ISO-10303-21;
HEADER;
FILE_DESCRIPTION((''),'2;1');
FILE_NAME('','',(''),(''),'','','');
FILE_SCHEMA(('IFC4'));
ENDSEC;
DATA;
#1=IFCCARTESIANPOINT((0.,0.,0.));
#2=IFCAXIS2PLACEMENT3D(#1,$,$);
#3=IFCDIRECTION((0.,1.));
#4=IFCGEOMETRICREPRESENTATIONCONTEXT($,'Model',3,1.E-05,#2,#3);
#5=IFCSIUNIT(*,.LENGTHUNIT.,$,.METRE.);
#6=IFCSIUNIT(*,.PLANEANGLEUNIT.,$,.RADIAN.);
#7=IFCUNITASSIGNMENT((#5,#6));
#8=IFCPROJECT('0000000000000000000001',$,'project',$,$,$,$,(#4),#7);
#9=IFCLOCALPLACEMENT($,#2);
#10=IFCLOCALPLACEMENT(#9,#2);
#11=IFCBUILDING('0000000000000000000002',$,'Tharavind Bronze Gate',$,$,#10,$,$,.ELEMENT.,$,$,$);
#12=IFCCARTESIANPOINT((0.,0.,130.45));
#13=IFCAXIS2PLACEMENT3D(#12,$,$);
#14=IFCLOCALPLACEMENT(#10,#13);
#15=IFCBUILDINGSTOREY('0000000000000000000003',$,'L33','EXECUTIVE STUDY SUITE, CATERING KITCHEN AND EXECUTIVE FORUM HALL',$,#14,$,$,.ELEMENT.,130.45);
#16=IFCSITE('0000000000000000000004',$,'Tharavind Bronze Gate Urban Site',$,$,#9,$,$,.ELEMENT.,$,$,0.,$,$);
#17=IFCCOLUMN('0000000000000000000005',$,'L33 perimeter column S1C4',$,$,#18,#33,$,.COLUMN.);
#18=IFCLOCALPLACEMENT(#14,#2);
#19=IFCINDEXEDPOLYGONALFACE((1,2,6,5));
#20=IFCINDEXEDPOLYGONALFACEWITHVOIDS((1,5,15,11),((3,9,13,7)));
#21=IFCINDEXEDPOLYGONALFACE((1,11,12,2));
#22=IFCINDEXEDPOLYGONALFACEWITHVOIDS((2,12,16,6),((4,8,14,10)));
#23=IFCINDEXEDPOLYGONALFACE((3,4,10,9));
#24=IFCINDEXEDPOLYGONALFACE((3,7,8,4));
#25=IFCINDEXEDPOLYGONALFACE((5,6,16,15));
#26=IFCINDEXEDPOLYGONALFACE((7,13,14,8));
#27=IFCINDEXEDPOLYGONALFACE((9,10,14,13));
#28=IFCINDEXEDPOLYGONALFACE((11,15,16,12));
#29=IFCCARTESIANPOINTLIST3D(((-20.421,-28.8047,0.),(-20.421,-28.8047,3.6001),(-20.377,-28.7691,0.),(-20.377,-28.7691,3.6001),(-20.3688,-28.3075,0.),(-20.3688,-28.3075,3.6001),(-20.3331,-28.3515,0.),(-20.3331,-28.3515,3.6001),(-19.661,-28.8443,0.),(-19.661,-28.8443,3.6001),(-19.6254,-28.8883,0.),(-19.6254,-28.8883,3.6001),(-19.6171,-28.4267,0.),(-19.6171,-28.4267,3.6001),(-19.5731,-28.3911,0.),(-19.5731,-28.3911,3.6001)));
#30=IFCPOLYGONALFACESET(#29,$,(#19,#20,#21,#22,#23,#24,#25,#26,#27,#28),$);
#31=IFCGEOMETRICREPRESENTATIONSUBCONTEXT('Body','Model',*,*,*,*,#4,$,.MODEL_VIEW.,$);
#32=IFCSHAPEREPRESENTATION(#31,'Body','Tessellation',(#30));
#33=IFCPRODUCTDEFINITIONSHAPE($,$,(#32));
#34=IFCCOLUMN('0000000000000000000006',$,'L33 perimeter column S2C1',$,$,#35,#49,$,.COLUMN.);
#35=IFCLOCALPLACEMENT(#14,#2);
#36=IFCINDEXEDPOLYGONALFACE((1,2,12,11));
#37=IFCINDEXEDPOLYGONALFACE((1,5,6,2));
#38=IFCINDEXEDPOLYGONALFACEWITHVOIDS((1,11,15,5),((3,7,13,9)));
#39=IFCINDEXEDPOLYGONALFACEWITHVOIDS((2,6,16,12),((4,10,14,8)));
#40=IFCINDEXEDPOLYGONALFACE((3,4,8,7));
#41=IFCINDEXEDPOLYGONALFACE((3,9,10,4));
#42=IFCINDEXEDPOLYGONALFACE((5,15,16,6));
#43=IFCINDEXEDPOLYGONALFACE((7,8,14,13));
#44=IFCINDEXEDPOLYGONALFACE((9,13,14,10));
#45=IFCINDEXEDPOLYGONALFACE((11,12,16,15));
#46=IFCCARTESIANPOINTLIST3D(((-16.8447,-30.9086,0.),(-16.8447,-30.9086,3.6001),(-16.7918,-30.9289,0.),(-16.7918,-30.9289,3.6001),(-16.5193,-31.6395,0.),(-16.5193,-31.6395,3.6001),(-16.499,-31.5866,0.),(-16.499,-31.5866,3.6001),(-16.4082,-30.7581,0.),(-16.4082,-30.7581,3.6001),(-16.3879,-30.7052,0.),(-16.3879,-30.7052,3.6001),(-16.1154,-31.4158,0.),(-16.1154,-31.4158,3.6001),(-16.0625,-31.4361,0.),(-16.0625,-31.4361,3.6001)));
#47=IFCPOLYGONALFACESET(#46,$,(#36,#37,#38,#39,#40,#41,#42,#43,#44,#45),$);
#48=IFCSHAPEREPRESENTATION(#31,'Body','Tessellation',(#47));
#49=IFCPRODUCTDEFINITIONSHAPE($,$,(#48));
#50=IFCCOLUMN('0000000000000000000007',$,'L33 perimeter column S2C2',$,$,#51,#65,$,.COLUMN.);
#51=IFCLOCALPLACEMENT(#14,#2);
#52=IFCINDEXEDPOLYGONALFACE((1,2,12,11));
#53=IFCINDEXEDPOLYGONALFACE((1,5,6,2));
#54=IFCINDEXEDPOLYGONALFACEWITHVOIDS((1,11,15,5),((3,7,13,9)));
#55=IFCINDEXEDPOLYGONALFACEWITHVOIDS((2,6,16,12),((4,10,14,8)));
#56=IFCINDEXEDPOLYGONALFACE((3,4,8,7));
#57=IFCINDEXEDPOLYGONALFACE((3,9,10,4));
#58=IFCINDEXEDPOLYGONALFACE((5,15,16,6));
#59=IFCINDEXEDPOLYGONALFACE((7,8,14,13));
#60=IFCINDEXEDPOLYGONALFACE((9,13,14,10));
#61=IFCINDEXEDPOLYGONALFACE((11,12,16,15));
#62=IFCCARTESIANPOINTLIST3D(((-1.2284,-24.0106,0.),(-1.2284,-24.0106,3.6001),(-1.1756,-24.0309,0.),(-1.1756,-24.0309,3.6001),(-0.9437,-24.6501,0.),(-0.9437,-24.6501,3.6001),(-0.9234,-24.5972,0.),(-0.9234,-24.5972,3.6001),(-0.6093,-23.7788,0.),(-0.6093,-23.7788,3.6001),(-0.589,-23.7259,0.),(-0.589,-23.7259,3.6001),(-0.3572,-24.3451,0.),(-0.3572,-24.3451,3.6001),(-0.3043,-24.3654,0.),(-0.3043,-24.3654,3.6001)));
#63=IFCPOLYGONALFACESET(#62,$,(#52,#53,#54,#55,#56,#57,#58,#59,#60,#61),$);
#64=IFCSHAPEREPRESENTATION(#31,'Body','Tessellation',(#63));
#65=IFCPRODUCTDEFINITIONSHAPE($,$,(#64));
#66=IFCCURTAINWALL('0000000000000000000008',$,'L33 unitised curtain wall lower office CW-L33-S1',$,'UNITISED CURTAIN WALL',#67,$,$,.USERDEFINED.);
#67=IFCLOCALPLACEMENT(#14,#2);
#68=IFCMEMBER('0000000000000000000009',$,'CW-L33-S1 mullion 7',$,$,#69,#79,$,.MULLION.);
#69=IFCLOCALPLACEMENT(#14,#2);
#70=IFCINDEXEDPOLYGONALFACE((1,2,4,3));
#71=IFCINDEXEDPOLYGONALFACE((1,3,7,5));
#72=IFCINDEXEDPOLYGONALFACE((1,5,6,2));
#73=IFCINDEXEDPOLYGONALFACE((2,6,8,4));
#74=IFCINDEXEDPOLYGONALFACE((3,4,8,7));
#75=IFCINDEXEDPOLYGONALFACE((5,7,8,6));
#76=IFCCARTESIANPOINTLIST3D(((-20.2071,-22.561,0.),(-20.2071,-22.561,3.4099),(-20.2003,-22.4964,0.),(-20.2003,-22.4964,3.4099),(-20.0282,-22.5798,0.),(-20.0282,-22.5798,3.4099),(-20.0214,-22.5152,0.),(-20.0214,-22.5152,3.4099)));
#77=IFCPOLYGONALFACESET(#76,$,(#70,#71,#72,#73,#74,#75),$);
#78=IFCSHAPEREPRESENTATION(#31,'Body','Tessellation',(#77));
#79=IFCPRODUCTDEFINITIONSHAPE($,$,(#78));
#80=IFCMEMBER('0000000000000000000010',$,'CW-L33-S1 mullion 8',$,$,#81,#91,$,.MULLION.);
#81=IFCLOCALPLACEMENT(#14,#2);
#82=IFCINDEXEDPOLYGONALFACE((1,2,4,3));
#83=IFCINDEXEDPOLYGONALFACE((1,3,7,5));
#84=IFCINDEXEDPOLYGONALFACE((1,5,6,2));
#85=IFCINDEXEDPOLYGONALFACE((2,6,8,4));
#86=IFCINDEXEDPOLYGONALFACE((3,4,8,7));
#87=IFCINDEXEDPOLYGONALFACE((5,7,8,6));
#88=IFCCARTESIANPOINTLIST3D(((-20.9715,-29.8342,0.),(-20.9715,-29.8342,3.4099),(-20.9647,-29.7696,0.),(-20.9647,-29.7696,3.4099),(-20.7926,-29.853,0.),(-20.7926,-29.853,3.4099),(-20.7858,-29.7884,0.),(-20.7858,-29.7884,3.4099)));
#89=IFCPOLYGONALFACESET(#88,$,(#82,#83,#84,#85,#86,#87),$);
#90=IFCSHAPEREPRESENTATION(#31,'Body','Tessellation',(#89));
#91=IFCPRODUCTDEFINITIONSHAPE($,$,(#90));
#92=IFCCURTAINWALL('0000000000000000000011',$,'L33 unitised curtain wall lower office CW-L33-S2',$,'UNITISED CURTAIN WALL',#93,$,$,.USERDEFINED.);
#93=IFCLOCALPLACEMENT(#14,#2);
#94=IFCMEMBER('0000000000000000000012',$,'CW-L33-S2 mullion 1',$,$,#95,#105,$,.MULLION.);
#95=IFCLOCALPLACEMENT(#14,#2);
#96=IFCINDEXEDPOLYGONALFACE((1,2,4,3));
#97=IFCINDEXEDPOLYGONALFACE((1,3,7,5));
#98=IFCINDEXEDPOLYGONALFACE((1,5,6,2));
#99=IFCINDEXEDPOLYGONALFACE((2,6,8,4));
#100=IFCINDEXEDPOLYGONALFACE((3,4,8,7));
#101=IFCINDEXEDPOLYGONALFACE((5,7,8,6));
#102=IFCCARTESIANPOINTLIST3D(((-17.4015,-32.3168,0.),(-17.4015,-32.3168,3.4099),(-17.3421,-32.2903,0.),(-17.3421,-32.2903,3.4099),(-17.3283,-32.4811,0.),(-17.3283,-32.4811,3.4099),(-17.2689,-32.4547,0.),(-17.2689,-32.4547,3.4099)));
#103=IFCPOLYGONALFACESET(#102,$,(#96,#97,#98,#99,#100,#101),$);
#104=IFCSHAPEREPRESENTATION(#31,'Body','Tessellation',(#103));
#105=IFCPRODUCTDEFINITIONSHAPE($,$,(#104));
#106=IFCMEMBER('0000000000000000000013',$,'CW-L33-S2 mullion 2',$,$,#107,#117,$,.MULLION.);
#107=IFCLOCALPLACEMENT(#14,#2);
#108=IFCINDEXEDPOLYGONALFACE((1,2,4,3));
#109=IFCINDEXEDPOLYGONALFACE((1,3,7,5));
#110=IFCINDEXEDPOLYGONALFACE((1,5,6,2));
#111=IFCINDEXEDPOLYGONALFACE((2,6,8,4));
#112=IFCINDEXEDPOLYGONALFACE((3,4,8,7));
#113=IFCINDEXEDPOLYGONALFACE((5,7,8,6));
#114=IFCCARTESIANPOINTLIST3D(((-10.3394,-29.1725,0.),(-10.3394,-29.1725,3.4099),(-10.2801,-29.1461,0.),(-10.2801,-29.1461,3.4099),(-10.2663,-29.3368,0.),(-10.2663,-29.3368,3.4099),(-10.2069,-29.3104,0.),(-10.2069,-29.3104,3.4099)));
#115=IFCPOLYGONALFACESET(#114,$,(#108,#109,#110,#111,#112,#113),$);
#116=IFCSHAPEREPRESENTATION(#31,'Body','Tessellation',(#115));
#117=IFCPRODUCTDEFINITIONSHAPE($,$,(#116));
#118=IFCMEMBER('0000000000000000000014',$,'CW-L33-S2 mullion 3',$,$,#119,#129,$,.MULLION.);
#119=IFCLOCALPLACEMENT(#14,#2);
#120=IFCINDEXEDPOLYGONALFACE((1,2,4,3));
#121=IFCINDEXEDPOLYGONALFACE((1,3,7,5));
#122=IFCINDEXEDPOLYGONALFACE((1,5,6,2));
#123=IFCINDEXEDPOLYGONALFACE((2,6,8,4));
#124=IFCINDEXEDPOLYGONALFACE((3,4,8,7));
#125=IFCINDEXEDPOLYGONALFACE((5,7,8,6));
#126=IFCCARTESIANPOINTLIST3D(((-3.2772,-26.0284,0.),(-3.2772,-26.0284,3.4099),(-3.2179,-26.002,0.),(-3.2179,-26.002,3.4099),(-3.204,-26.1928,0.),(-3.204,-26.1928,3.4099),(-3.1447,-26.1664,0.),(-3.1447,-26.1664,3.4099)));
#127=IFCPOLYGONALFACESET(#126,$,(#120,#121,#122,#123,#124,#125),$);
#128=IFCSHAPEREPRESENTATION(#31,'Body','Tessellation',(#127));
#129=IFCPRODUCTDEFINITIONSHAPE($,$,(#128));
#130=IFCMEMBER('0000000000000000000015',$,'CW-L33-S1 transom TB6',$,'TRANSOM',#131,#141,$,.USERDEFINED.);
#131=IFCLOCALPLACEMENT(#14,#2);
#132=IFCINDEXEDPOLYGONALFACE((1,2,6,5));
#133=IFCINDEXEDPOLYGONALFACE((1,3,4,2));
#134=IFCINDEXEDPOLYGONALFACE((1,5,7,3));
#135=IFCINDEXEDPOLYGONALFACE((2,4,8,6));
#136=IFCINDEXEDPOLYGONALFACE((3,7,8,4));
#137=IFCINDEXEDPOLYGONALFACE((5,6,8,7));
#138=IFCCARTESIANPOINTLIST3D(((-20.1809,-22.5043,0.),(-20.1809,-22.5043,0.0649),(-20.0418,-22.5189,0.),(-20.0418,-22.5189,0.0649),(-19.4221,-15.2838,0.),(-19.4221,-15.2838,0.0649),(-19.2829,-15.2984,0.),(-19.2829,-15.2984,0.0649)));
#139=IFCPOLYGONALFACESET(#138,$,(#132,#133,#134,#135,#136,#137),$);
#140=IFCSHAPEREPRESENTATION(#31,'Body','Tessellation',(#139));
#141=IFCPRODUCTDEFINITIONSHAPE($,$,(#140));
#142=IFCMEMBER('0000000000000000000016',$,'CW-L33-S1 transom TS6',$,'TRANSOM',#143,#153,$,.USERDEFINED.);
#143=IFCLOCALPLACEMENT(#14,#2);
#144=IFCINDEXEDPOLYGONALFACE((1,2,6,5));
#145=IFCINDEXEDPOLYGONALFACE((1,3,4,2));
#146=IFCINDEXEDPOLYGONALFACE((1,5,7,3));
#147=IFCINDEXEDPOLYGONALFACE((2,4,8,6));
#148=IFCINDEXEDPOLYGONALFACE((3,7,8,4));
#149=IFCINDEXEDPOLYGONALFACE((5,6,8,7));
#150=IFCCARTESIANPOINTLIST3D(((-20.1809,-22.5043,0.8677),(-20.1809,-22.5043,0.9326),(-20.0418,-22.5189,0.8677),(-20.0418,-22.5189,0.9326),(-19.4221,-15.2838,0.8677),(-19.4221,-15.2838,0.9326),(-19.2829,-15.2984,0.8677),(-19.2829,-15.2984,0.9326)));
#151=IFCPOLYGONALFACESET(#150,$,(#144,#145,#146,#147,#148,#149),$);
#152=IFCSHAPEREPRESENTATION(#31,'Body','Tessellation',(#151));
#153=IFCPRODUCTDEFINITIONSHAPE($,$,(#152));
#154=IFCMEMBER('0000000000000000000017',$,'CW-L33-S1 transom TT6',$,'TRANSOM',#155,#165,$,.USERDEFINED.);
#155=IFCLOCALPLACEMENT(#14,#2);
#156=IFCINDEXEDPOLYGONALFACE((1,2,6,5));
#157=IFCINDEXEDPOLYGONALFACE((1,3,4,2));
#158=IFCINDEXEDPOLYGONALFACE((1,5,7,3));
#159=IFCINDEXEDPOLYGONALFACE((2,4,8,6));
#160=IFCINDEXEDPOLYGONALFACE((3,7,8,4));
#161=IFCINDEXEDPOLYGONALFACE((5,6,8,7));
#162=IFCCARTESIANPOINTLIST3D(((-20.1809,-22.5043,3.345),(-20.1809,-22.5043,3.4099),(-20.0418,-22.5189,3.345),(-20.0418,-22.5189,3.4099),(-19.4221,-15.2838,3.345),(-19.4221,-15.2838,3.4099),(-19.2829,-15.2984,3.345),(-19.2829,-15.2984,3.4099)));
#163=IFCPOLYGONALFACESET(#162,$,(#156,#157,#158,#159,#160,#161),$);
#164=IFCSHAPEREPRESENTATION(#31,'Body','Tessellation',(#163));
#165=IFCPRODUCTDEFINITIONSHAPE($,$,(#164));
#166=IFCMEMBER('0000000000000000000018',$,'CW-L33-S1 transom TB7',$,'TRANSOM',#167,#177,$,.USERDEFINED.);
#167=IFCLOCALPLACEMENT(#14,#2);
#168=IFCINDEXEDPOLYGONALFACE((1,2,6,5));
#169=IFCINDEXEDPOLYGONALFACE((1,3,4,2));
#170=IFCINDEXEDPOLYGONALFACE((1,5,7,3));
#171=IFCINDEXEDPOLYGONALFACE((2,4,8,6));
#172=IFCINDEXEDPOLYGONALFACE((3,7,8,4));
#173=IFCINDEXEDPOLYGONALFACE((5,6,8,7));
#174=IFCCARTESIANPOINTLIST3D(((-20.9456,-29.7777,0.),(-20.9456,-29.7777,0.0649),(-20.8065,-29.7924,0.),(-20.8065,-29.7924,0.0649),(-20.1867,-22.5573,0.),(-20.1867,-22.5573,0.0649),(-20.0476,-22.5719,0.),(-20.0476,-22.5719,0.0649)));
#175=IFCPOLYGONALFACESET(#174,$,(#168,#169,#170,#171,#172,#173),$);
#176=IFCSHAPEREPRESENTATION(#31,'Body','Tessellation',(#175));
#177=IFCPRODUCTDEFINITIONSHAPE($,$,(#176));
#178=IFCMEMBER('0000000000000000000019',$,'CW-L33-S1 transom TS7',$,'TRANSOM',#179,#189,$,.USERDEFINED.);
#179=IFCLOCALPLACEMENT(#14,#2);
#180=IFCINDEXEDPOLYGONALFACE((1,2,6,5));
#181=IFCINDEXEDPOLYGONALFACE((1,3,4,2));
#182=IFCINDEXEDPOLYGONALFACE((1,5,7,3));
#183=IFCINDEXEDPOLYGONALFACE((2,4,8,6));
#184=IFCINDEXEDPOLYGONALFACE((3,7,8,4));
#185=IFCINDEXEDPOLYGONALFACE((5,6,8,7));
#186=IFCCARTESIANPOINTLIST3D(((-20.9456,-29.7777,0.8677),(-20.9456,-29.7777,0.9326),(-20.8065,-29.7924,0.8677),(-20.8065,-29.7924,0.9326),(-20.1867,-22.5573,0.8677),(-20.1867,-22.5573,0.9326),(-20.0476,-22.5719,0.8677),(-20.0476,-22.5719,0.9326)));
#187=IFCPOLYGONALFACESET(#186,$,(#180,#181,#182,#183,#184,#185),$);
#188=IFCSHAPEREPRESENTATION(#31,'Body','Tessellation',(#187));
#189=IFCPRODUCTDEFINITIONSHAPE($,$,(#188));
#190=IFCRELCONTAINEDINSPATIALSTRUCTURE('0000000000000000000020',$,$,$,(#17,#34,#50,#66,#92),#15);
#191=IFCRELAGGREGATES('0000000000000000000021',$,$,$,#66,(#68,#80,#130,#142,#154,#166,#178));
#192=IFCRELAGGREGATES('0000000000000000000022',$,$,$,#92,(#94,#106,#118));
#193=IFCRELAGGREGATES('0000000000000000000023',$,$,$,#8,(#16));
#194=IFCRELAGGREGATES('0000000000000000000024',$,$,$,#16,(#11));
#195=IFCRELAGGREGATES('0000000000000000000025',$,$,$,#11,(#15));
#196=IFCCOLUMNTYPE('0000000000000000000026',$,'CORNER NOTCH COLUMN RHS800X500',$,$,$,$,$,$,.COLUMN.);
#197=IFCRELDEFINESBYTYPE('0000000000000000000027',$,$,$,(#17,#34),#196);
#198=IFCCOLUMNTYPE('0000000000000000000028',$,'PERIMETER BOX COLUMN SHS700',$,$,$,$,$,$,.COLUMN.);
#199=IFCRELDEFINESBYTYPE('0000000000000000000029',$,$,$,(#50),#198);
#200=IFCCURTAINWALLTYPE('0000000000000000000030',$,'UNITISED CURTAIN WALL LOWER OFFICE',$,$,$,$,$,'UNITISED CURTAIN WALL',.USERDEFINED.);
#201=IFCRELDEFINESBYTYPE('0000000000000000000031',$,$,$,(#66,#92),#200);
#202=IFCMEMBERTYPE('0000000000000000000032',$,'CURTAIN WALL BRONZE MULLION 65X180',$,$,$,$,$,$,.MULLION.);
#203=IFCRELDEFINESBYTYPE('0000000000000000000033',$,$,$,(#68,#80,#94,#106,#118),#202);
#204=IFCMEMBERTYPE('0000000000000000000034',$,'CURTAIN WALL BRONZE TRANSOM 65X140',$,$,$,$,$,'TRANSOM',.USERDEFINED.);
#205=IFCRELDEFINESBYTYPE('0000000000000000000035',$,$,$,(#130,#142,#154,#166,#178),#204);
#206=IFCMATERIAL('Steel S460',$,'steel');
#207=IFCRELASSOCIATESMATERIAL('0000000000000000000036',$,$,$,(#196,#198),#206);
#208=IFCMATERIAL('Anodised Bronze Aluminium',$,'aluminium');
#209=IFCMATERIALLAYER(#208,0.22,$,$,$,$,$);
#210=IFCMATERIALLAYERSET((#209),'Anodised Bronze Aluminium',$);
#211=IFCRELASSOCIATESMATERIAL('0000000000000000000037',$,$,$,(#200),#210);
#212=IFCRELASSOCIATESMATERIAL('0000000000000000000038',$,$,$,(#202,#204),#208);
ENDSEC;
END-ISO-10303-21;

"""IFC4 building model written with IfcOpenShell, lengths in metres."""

from ifc_helpers import new_model, si_unit, direction, frame, origin, origin_2d, place, context, subcontext, project, spatial, rectangle, hollow_rectangle, extrude, material, layer, layer_set, material_profile, profile_set, type_object, element, aggregate, save


model = new_model("IFC4")

# Units and contexts
model_context = context("Model", 3, precision=1e-05, world=origin(), true_north=direction((0.0, 1.0)))
body_context = subcontext(model_context, "Body", "Model", "MODEL_VIEW")
ifc_project = project(units=[si_unit("LENGTHUNIT", "METRE"), si_unit("PLANEANGLEUNIT", "RADIAN")], contexts=[model_context])

# Site, building, storey
site_placement = place(None, origin())
site = spatial("IfcSite", under=ifc_project, at=site_placement, Name="Tharavind Bronze Gate Urban Site", CompositionType="ELEMENT", RefElevation=0.0)
building_placement = place(site_placement, origin())
building = spatial("IfcBuilding", under=site, at=building_placement, Name="Tharavind Bronze Gate", CompositionType="ELEMENT")
storey_placement = place(building_placement, frame((0.0, 0.0, 130.45)))
storey = spatial("IfcBuildingStorey", under=building, at=storey_placement, Name="L33", Description="EXECUTIVE STUDY SUITE, CATERING KITCHEN AND EXECUTIVE FORUM HALL", CompositionType="ELEMENT", Elevation=130.45)

# Columns
ifc_material_1 = material(Name="Steel S460", Category="steel")
ifc_material_profile_1 = material_profile(ifc_material_1, hollow_rectangle(XDim=0.5, YDim=0.8, WallThickness=0.04, at=origin_2d()), Name="RHS800X500X40")
ifc_profile_set_1 = profile_set([ifc_material_profile_1], Name="Steel S460")
column_type_1 = type_object("IfcColumnType", Name="CORNER NOTCH COLUMN RHS800X500", PredefinedType="COLUMN", material=ifc_profile_set_1)
for number, where, z_axis, x_axis, name in (
    (1, (-19.9971, -28.5979, 0.0), (0.0, 0.0, 1.0), (0.10453, 0.994522, 0.0), "L33 perimeter column S1C4"),
    (2, (-16.4536, -31.1724, 0.0), (0.0, 0.0, 1.0), (0.913545, 0.406737, 0.0), "L33 perimeter column S2C1"),
):
    element("IfcColumn", number, at=place(storey_placement, frame(where, z_axis=z_axis, x_axis=x_axis)), inside=storey, type_object=column_type_1, Name=name, PredefinedType="COLUMN", context=body_context, shape_type="SweptSolid", body=[
        extrude(hollow_rectangle(XDim=0.5, YDim=0.8, WallThickness=0.04, at=origin_2d()), origin(), (0.0, 0.0, 1.0), 3.6001),
    ])
ifc_material_profile_2 = material_profile(ifc_material_1, hollow_rectangle(XDim=0.7, YDim=0.7, WallThickness=0.04, at=origin_2d()), Name="SHS700X40")
ifc_profile_set_2 = profile_set([ifc_material_profile_2], Name="Steel S460")
column_type_2 = type_object("IfcColumnType", Name="PERIMETER BOX COLUMN SHS700", PredefinedType="COLUMN", material=ifc_profile_set_2)
column_placement = place(storey_placement, frame((-0.7664, -24.188, 0.0), z_axis=(0.0, 0.0, 1.0), x_axis=(0.913545, 0.406737, 0.0)))
element("IfcColumn", 3, at=column_placement, inside=storey, type_object=column_type_2, Name="L33 perimeter column S2C2", PredefinedType="COLUMN", context=body_context, shape_type="SweptSolid", body=[
    extrude(hollow_rectangle(XDim=0.7, YDim=0.7, WallThickness=0.04, at=origin_2d()), origin(), (0.0, 0.0, 1.0), 3.6001),
])

# Curtain walls, members
ifc_material_2 = material(Name="Anodised Bronze Aluminium", Category="aluminium")
ifc_layer_1 = layer(ifc_material_2, 0.22)
ifc_layer_set_1 = layer_set([ifc_layer_1], Name="Anodised Bronze Aluminium")
curtain_wall_type = type_object("IfcCurtainWallType", Name="UNITISED CURTAIN WALL LOWER OFFICE", ElementType="UNITISED CURTAIN WALL", PredefinedType="USERDEFINED", material=ifc_layer_set_1)
curtain_wall_1_placement = place(storey_placement, origin())
curtain_wall_1 = element("IfcCurtainWall", 4, at=curtain_wall_1_placement, inside=storey, type_object=curtain_wall_type, Name="L33 unitised curtain wall lower office CW-L33-S1", ObjectType="UNITISED CURTAIN WALL", PredefinedType="USERDEFINED")
member_type_1 = type_object("IfcMemberType", Name="CURTAIN WALL BRONZE MULLION 65X180", PredefinedType="MULLION", material=ifc_material_2)
member_1_placement = place(storey_placement, frame((-20.1143, -22.5381, 0.0), z_axis=(0.0, 0.0, 1.0), x_axis=(-0.104527, -0.994522, 0.0)))
member_1 = element("IfcMember", 5, at=member_1_placement, type_object=member_type_1, Name="CW-L33-S1 mullion 7", PredefinedType="MULLION", context=body_context, shape_type="SweptSolid", body=[
    extrude(rectangle(XDim=0.0649, YDim=0.1799, at=origin_2d()), origin(), (0.0, 0.0, 1.0), 3.4099),
])
member_2_placement = place(storey_placement, frame((-20.8787, -29.8113, 0.0), z_axis=(0.0, 0.0, 1.0), x_axis=(-0.104527, -0.994522, 0.0)))
member_2 = element("IfcMember", 6, at=member_2_placement, type_object=member_type_1, Name="CW-L33-S1 mullion 8", PredefinedType="MULLION", context=body_context, shape_type="SweptSolid", body=[
    extrude(rectangle(XDim=0.0649, YDim=0.1799, at=origin_2d()), origin(), (0.0, 0.0, 1.0), 3.4099),
])
curtain_wall_2_placement = place(storey_placement, origin())
curtain_wall_2 = element("IfcCurtainWall", 7, at=curtain_wall_2_placement, inside=storey, type_object=curtain_wall_type, Name="L33 unitised curtain wall lower office CW-L33-S2", ObjectType="UNITISED CURTAIN WALL", PredefinedType="USERDEFINED")
member_3_placement = place(storey_placement, frame((-17.3352, -32.3857, 0.0), z_axis=(0.0, 0.0, 1.0), x_axis=(0.913545, 0.406737, 0.0)))
member_3 = element("IfcMember", 8, at=member_3_placement, type_object=member_type_1, Name="CW-L33-S2 mullion 1", PredefinedType="MULLION", context=body_context, shape_type="SweptSolid", body=[
    extrude(rectangle(XDim=0.0649, YDim=0.1799, at=origin_2d()), origin(), (0.0, 0.0, 1.0), 3.4099),
])
member_4_placement = place(storey_placement, frame((-10.2732, -29.2415, 0.0), z_axis=(0.0, 0.0, 1.0), x_axis=(0.913545, 0.406737, 0.0)))
member_4 = element("IfcMember", 9, at=member_4_placement, type_object=member_type_1, Name="CW-L33-S2 mullion 2", PredefinedType="MULLION", context=body_context, shape_type="SweptSolid", body=[
    extrude(rectangle(XDim=0.0649, YDim=0.1799, at=origin_2d()), origin(), (0.0, 0.0, 1.0), 3.4099),
])
member_5_placement = place(storey_placement, frame((-3.2109, -26.0974, 0.0), z_axis=(0.0, 0.0, 1.0), x_axis=(0.913545, 0.406737, 0.0)))
member_5 = element("IfcMember", 10, at=member_5_placement, type_object=member_type_1, Name="CW-L33-S2 mullion 3", PredefinedType="MULLION", context=body_context, shape_type="SweptSolid", body=[
    extrude(rectangle(XDim=0.0649, YDim=0.1799, at=origin_2d()), origin(), (0.0, 0.0, 1.0), 3.4099),
])

# Members
member_type_2 = type_object("IfcMemberType", Name="CURTAIN WALL BRONZE TRANSOM 65X140", ElementType="TRANSOM", PredefinedType="USERDEFINED", material=ifc_material_2)
member_6_placement = place(storey_placement, frame((-19.7319, -18.9014, 0.0), z_axis=(0.0, 0.0, 1.0), x_axis=(-0.104527, -0.994522, 0.0)))
member_6 = element("IfcMember", 11, at=member_6_placement, type_object=member_type_2, Name="CW-L33-S1 transom TB6", ObjectType="TRANSOM", PredefinedType="USERDEFINED", context=body_context, shape_type="SweptSolid", body=[
    extrude(rectangle(XDim=7.2603, YDim=0.1399, at=origin_2d()), origin(), (0.0, 0.0, 1.0), 0.0649),
])
member_7_placement = place(storey_placement, frame((-19.7319, -18.9014, 0.8677), z_axis=(0.0, 0.0, 1.0), x_axis=(-0.104527, -0.994522, 0.0)))
member_7 = element("IfcMember", 12, at=member_7_placement, type_object=member_type_2, Name="CW-L33-S1 transom TS6", ObjectType="TRANSOM", PredefinedType="USERDEFINED", context=body_context, shape_type="SweptSolid", body=[
    extrude(rectangle(XDim=7.2603, YDim=0.1399, at=origin_2d()), origin(), (0.0, 0.0, 1.0), 0.0649),
])
member_8_placement = place(storey_placement, frame((-19.7319, -18.9014, 3.345), z_axis=(0.0, 0.0, 1.0), x_axis=(-0.104527, -0.994522, 0.0)))
member_8 = element("IfcMember", 13, at=member_8_placement, type_object=member_type_2, Name="CW-L33-S1 transom TT6", ObjectType="TRANSOM", PredefinedType="USERDEFINED", context=body_context, shape_type="SweptSolid", body=[
    extrude(rectangle(XDim=7.2603, YDim=0.1399, at=origin_2d()), origin(), (0.0, 0.0, 1.0), 0.0649),
])
member_9_placement = place(storey_placement, frame((-20.4966, -26.1748, 0.0), z_axis=(0.0, 0.0, 1.0), x_axis=(-0.104527, -0.994522, 0.0)))
member_9 = element("IfcMember", 14, at=member_9_placement, type_object=member_type_2, Name="CW-L33-S1 transom TB7", ObjectType="TRANSOM", PredefinedType="USERDEFINED", context=body_context, shape_type="SweptSolid", body=[
    extrude(rectangle(XDim=7.2603, YDim=0.1399, at=origin_2d()), origin(), (0.0, 0.0, 1.0), 0.0649),
])
member_10_placement = place(storey_placement, frame((-20.4966, -26.1748, 0.8677), z_axis=(0.0, 0.0, 1.0), x_axis=(-0.104527, -0.994522, 0.0)))
member_10 = element("IfcMember", 15, at=member_10_placement, type_object=member_type_2, Name="CW-L33-S1 transom TS7", ObjectType="TRANSOM", PredefinedType="USERDEFINED", context=body_context, shape_type="SweptSolid", body=[
    extrude(rectangle(XDim=7.2603, YDim=0.1399, at=origin_2d()), origin(), (0.0, 0.0, 1.0), 0.0649),
])

aggregate(curtain_wall_1, [member_1, member_2, member_6, member_7, member_8, member_9, member_10])
aggregate(curtain_wall_2, [member_3, member_4, member_5])

save(model, "model.ifc")
